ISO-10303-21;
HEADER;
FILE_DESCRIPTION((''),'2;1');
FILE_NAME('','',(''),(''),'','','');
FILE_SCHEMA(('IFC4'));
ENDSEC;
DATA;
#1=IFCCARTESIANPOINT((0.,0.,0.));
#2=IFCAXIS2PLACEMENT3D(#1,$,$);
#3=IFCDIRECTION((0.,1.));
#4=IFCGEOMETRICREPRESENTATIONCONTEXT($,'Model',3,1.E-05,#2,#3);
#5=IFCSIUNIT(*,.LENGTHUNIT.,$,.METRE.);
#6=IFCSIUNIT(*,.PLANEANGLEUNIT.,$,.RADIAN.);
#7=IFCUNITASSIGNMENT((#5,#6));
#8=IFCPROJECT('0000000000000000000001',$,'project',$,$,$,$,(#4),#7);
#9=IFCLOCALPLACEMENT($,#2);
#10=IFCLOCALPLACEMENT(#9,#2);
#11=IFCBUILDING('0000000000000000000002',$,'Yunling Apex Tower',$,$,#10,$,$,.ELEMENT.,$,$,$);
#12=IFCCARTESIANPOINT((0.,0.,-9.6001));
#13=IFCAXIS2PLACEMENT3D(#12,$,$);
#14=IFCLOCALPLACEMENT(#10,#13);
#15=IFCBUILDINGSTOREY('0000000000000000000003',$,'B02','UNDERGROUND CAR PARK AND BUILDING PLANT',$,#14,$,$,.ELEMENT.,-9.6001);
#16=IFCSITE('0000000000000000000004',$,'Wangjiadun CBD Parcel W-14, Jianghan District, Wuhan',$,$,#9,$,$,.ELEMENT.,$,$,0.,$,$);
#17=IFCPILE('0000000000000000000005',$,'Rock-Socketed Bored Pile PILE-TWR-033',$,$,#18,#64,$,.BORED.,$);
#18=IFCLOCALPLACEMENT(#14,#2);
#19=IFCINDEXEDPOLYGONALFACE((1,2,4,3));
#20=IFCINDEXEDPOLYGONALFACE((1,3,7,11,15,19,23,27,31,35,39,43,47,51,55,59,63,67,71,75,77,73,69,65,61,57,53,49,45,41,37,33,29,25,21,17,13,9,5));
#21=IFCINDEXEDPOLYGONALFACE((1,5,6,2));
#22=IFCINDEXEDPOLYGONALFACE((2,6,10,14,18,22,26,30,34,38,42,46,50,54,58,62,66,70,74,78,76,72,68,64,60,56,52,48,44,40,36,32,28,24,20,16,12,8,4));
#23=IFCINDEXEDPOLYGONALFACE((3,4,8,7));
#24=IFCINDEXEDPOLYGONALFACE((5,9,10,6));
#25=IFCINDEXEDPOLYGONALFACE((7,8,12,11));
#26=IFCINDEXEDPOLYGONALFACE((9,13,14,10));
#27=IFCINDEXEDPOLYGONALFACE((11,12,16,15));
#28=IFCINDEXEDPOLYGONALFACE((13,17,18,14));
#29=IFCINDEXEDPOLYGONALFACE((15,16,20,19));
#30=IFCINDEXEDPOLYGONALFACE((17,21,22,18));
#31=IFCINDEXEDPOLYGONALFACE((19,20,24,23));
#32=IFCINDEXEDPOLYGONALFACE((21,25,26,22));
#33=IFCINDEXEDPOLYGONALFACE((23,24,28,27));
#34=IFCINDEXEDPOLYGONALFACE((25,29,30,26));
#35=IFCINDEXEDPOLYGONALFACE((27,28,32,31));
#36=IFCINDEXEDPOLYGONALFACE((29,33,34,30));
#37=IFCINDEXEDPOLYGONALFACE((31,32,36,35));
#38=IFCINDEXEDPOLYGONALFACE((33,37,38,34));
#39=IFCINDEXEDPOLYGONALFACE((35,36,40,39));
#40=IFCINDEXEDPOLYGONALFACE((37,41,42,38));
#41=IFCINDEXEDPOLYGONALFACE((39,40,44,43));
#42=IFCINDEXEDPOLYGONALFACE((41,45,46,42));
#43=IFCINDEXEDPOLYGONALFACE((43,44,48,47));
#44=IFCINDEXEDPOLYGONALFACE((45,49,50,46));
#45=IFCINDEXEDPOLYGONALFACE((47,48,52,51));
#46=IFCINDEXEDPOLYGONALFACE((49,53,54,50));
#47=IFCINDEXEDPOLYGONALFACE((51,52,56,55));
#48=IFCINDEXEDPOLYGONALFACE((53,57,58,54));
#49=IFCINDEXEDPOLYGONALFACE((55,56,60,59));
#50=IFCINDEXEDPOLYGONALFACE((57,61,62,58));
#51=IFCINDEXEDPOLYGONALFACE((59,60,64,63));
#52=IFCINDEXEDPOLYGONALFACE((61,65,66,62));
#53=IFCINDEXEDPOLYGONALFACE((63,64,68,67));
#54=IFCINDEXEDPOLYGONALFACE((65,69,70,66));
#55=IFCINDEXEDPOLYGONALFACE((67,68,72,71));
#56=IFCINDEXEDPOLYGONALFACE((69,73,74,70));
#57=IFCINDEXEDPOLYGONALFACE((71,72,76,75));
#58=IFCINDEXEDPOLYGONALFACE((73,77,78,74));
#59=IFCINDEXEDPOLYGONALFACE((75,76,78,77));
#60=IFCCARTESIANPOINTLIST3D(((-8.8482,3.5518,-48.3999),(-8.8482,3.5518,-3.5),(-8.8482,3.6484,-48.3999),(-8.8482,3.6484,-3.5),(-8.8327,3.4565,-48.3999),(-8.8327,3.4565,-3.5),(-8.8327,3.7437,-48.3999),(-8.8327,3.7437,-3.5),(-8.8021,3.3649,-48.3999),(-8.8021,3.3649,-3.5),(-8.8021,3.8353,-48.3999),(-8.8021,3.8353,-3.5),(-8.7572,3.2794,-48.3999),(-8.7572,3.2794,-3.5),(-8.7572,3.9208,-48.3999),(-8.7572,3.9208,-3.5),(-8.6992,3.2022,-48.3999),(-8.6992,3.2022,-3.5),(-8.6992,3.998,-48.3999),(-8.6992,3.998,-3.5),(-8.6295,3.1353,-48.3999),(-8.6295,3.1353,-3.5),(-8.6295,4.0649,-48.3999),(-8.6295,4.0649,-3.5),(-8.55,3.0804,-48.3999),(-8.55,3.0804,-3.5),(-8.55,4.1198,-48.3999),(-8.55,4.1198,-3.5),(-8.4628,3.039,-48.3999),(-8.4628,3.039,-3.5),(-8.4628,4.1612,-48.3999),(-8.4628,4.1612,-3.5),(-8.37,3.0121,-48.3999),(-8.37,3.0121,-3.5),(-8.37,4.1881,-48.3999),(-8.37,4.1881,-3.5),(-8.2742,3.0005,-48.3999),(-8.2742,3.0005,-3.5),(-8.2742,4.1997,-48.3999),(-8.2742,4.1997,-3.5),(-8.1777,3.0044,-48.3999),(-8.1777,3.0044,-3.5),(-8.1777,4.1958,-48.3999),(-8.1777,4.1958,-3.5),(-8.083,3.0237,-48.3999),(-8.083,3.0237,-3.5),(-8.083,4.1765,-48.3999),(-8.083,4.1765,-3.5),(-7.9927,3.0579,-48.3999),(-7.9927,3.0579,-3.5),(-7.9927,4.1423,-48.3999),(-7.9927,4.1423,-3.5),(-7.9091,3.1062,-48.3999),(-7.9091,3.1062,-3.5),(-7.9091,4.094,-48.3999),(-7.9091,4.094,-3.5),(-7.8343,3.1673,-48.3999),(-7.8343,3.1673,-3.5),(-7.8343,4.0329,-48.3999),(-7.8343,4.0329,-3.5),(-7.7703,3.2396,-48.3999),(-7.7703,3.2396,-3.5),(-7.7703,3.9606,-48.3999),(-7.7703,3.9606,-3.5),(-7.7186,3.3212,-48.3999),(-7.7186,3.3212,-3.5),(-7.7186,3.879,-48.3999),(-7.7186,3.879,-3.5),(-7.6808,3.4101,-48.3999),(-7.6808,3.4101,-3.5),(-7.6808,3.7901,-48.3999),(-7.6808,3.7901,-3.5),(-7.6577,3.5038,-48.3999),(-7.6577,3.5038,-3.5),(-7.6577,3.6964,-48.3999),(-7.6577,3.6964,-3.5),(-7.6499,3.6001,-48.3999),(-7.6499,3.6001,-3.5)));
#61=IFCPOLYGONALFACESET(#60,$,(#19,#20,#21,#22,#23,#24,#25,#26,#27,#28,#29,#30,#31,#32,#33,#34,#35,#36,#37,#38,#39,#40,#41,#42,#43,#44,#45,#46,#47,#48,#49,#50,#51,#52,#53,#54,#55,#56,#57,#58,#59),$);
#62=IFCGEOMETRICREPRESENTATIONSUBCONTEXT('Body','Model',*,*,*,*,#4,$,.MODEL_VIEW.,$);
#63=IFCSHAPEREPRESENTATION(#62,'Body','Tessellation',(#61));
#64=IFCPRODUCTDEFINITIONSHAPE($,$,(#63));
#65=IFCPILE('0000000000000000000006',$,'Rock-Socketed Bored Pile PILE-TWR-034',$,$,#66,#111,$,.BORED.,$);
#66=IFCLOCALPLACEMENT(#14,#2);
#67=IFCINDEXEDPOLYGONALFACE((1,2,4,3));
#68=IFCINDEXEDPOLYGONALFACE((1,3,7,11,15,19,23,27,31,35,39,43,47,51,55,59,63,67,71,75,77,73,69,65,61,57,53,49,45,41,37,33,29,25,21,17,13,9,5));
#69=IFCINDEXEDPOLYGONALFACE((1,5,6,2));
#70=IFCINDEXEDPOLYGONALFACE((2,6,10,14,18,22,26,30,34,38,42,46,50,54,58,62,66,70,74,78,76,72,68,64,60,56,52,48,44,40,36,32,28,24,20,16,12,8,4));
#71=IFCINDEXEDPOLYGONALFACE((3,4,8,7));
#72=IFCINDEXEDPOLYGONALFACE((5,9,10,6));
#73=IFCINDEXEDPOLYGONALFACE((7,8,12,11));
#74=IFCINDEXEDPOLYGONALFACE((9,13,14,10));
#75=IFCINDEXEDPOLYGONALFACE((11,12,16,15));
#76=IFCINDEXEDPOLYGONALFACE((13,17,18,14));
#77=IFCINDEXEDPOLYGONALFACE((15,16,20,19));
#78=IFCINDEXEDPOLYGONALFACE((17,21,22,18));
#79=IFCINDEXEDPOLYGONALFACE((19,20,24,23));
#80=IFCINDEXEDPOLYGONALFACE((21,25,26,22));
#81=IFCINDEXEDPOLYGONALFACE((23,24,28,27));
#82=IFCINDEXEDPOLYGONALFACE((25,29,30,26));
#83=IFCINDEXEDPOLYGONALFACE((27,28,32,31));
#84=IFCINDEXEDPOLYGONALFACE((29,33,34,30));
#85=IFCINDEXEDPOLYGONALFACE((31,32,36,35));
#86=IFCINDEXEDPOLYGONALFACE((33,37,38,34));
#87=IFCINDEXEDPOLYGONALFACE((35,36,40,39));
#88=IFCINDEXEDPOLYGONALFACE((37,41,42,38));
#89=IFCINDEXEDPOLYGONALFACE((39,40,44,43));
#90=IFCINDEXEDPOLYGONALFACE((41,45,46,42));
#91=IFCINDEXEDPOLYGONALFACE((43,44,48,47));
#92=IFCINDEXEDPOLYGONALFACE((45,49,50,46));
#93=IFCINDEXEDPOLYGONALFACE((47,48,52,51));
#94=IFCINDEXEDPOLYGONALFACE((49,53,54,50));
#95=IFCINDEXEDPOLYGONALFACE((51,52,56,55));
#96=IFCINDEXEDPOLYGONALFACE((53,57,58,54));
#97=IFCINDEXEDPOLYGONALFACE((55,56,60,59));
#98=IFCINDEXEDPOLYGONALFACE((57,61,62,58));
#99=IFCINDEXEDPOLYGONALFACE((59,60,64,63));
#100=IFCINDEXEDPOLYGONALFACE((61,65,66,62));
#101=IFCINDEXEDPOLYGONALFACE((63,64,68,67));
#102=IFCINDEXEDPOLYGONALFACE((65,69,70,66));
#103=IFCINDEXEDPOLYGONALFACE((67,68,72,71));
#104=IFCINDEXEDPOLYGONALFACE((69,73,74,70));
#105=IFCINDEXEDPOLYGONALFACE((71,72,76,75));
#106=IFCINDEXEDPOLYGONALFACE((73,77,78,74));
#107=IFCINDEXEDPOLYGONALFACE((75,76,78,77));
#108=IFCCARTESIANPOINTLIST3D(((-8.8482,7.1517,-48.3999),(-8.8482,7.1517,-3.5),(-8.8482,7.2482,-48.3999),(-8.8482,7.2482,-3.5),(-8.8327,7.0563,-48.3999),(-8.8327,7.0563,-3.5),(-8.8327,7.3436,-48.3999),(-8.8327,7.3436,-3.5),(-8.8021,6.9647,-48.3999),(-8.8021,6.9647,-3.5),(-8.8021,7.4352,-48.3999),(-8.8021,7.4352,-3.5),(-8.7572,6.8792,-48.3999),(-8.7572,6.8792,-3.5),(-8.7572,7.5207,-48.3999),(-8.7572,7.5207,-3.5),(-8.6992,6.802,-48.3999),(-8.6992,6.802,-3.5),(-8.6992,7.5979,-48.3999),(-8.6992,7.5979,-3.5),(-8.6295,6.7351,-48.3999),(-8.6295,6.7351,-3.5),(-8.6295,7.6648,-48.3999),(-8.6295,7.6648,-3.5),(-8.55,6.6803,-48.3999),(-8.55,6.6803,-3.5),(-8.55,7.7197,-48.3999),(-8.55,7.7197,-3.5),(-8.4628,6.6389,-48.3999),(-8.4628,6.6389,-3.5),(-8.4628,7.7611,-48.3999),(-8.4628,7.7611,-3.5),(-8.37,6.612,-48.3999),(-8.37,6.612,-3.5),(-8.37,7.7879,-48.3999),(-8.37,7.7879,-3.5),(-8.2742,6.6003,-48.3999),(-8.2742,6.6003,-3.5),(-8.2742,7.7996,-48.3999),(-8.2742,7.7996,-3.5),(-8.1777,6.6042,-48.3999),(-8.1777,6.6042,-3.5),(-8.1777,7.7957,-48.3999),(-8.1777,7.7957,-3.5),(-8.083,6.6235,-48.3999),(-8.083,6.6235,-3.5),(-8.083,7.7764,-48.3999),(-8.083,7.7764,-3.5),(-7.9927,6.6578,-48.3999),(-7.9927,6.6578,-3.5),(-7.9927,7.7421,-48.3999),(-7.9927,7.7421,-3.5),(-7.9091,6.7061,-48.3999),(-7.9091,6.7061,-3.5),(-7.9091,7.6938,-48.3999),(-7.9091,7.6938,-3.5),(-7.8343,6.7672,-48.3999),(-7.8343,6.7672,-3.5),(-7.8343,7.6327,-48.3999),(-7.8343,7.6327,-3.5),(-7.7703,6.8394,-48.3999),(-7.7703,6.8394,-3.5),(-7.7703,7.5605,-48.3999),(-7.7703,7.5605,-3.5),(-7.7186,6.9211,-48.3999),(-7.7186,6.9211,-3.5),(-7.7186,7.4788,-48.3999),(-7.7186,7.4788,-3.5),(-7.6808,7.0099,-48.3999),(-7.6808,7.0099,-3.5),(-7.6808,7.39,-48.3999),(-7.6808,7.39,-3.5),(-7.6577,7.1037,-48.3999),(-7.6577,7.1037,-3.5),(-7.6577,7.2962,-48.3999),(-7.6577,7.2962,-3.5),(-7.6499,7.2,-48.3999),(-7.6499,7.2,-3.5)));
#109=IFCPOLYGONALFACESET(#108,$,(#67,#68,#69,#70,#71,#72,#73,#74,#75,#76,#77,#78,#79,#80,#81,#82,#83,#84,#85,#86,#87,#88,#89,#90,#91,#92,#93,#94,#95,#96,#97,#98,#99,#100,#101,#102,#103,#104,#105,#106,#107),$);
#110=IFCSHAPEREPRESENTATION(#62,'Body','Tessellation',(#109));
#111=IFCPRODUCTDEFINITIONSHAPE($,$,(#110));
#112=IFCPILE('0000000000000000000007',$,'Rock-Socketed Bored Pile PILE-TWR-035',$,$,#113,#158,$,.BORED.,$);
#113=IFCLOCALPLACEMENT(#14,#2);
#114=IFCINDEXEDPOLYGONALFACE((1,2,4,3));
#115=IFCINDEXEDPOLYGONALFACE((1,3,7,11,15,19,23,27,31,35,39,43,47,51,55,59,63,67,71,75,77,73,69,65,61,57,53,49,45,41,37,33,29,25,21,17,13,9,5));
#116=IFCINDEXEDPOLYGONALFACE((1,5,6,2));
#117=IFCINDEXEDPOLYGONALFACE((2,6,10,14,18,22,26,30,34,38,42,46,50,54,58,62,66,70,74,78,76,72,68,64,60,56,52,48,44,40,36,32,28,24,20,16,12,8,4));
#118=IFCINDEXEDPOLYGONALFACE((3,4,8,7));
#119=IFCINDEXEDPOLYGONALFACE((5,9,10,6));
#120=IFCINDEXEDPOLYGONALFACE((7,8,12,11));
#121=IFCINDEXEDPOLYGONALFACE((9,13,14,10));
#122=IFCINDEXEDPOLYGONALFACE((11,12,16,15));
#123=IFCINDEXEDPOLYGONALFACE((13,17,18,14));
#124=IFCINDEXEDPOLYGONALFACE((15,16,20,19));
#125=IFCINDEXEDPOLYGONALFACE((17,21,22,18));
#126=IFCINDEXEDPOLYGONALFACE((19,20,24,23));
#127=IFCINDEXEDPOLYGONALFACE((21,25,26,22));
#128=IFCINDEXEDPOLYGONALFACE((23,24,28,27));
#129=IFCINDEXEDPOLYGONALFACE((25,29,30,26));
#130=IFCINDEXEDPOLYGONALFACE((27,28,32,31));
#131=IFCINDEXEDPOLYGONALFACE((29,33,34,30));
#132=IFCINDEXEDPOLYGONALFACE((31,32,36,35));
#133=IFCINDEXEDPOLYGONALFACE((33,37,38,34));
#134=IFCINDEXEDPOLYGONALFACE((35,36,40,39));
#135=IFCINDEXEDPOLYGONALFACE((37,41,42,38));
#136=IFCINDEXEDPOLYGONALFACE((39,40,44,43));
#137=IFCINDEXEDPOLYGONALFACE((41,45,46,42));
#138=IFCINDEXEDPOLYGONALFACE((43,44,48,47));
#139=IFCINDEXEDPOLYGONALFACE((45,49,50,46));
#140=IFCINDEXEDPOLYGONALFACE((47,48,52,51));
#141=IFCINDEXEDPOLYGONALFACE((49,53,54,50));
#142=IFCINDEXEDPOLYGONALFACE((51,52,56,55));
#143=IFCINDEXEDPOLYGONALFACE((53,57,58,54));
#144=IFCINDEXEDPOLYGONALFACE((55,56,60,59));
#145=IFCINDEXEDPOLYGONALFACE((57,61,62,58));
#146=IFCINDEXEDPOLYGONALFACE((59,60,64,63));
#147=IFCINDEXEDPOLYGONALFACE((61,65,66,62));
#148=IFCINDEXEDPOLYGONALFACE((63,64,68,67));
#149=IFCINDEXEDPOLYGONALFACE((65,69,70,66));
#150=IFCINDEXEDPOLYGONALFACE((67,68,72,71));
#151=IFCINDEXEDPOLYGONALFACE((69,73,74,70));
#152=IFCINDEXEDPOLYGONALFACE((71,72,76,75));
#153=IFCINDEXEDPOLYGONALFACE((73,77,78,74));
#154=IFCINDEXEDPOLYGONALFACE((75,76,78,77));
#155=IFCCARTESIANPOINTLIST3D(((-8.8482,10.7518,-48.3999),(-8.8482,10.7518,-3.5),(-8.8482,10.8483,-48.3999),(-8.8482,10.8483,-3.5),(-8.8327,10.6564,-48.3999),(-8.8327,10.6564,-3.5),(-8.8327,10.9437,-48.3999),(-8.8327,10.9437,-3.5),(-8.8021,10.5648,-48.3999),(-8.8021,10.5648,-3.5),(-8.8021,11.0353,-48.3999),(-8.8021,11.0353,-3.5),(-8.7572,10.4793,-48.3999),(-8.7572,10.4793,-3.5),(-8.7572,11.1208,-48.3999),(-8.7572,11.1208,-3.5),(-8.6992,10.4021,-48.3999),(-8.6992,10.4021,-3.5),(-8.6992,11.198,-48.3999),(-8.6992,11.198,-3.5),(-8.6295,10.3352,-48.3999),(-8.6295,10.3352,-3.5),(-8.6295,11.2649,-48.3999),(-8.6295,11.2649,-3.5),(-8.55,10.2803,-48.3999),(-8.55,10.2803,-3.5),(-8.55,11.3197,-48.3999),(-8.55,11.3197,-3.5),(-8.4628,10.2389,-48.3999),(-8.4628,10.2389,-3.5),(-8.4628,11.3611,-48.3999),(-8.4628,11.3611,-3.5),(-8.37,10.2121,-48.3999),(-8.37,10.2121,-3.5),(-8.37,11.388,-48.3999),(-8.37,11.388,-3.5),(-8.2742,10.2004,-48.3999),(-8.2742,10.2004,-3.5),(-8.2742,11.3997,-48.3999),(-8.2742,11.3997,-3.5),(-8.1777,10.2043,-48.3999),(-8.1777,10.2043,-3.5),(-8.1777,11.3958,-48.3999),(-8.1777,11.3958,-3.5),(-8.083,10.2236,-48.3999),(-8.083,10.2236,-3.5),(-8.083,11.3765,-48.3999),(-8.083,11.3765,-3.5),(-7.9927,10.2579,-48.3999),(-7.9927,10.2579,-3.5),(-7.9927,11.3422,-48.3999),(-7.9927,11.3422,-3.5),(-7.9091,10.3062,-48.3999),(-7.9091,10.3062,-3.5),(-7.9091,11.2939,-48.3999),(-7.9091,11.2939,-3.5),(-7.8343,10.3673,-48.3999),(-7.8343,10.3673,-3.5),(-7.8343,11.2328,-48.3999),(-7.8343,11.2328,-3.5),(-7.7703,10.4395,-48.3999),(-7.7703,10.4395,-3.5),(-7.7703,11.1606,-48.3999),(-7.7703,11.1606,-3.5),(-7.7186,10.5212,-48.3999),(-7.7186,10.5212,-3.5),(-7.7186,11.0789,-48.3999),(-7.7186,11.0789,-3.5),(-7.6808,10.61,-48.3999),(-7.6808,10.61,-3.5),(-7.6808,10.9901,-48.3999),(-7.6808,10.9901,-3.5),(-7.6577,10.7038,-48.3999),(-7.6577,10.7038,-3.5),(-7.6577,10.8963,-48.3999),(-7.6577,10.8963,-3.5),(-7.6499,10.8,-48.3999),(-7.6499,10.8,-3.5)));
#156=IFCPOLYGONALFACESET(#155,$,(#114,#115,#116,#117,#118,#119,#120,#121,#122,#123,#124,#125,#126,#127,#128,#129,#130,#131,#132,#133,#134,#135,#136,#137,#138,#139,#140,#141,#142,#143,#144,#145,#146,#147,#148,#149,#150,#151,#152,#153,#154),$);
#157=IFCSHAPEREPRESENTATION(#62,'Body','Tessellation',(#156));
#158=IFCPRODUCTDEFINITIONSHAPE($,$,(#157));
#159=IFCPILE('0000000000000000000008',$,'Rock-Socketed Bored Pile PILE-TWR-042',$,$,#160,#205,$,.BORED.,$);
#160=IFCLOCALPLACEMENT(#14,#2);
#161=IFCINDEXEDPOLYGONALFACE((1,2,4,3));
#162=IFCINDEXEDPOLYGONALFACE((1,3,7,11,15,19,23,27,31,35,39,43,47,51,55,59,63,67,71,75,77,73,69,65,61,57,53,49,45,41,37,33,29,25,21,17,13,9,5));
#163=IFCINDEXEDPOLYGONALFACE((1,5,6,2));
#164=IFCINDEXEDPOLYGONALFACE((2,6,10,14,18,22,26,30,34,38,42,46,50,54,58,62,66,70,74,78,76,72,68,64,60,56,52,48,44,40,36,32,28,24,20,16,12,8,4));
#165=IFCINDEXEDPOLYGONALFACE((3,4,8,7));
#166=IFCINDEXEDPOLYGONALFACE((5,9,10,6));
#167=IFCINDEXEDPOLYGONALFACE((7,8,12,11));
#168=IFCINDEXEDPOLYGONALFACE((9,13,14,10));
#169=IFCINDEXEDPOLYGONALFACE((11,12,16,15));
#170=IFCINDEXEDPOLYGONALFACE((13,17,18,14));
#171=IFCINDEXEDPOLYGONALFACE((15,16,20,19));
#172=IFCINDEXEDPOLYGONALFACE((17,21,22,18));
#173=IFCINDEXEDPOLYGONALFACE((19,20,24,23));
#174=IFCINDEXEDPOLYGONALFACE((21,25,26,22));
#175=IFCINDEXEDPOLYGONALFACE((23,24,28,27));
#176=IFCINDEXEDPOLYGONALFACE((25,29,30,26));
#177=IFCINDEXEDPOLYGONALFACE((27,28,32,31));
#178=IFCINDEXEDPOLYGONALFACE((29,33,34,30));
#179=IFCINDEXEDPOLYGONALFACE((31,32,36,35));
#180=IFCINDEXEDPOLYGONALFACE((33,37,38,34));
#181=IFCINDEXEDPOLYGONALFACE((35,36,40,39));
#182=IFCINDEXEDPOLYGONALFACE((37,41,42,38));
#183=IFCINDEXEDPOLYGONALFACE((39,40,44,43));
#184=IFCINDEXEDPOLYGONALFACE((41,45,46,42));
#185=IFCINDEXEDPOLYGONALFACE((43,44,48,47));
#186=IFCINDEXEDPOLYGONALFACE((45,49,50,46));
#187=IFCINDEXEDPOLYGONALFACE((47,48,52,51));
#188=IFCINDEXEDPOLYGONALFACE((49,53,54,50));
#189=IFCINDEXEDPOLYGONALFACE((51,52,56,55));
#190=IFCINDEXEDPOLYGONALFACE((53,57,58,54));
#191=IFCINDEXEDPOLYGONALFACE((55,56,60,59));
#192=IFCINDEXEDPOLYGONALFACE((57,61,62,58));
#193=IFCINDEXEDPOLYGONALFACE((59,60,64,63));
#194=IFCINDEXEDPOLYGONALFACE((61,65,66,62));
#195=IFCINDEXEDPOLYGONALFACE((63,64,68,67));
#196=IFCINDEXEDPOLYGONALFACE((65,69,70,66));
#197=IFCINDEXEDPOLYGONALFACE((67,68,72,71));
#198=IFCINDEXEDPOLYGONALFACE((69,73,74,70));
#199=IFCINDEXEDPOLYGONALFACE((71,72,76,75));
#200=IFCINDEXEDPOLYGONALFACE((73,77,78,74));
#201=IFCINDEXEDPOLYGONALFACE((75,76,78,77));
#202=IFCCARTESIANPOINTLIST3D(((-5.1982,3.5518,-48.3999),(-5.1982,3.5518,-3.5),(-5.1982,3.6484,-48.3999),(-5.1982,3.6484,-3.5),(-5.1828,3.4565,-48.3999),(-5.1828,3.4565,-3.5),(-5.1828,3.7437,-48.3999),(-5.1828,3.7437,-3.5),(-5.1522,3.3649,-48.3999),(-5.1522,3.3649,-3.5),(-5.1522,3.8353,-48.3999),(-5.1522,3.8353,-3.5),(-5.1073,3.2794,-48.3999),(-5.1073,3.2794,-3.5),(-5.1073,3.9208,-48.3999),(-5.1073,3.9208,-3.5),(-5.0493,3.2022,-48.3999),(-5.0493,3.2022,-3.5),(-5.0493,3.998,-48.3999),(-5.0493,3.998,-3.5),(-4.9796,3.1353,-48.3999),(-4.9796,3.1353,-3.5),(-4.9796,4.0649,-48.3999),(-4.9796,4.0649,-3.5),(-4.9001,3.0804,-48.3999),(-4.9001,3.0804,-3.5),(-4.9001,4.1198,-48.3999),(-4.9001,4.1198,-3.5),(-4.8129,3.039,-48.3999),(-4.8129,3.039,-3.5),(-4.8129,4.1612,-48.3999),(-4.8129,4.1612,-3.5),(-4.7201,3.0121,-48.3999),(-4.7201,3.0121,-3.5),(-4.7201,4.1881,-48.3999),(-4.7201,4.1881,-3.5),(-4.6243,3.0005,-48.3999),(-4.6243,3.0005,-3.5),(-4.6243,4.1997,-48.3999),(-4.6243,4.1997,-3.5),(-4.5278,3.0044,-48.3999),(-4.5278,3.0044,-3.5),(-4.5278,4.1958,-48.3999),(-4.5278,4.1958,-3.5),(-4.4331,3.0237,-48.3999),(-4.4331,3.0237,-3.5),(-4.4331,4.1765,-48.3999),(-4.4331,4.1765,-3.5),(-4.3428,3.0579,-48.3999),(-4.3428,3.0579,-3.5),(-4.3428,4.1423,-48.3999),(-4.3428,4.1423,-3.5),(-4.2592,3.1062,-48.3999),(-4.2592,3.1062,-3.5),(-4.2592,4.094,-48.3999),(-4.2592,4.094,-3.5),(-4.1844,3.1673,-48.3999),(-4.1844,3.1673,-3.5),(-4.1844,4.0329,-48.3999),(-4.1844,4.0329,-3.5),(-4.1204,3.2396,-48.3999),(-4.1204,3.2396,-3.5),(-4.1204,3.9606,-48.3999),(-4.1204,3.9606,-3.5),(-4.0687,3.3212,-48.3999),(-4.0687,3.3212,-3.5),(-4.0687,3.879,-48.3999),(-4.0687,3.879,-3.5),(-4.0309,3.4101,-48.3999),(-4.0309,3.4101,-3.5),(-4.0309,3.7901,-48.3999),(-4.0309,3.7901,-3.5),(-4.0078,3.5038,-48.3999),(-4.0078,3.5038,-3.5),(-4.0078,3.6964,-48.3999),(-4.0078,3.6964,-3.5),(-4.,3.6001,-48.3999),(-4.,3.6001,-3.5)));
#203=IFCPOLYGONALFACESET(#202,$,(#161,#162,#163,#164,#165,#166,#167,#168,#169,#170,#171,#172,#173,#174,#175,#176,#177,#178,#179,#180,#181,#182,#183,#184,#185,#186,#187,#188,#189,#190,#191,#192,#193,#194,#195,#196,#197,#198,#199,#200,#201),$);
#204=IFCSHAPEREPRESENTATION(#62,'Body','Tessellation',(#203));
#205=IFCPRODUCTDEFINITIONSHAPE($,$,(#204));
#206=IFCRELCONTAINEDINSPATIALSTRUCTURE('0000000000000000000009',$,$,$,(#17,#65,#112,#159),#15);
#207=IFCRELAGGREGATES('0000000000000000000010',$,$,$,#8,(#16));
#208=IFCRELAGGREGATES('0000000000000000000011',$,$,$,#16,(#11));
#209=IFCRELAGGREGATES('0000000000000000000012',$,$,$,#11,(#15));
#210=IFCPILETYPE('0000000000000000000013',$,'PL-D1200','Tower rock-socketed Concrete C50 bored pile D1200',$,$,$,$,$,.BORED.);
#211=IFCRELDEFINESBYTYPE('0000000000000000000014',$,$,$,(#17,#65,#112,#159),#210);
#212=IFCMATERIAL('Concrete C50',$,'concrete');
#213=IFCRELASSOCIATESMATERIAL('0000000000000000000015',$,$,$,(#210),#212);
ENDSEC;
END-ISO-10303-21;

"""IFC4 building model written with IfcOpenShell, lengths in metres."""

from ifc_helpers import new_model, si_unit, direction, frame, origin, origin_2d, place, context, subcontext, project, spatial, circle, extrude, source, transform, mapped, material, material_profile, profile_set, type_object, element, save


model = new_model("IFC4")

# Units and contexts
model_context = context("Model", 3, precision=1e-05, world=origin(), true_north=direction((0.0, 1.0)))
body_context = subcontext(model_context, "Body", "Model", "MODEL_VIEW")
ifc_project = project(units=[si_unit("LENGTHUNIT", "METRE"), si_unit("PLANEANGLEUNIT", "RADIAN")], contexts=[model_context])

# Site, building, storey
site_placement = place(None, origin())
site = spatial("IfcSite", under=ifc_project, at=site_placement, Name="Wangjiadun CBD Parcel W-14, Jianghan District, Wuhan", CompositionType="ELEMENT", RefElevation=0.0)
building_placement = place(site_placement, origin())
building = spatial("IfcBuilding", under=site, at=building_placement, Name="Yunling Apex Tower", CompositionType="ELEMENT")
storey_placement = place(building_placement, frame((0.0, 0.0, -9.6001)))
storey = spatial("IfcBuildingStorey", under=building, at=storey_placement, Name="B02", Description="UNDERGROUND CAR PARK AND BUILDING PLANT", CompositionType="ELEMENT", Elevation=-9.6001)

# Piles
ifc_material_1 = material(Name="Concrete C50", Category="concrete")
ifc_material_profile_1 = material_profile(ifc_material_1, circle(Radius=0.6001, at=origin_2d()))
ifc_profile_set_1 = profile_set([ifc_material_profile_1], Name="Concrete C50")
pile_type = type_object("IfcPileType", Name="PL-D1200", Description="Tower rock-socketed Concrete C50 bored pile D1200", PredefinedType="BORED", material=ifc_profile_set_1)
shared_shape_1 = source(origin(), body_context, "Body", "SweptSolid", [
    extrude(circle(Radius=0.6001, at=origin_2d()), origin(), (0.0, 0.0, 1.0), 44.8999),
])
for number, where, z_axis, x_axis, name in (
    (1, (-8.25, 3.6001, -3.5), (0.0, 0.0, -1.0), (1.0, 0.0, 0.0), "Rock-Socketed Bored Pile PILE-TWR-033"),
    (2, (-8.25, 7.2, -3.5), (0.0, 0.0, -1.0), (1.0, 0.0, 0.0), "Rock-Socketed Bored Pile PILE-TWR-034"),
    (3, (-8.25, 10.8, -3.5), (0.0, 0.0, -1.0), (1.0, 0.0, 0.0), "Rock-Socketed Bored Pile PILE-TWR-035"),
    (4, (-4.6001, 3.6001, -3.5), (0.0, 0.0, -1.0), (1.0, 0.0, 0.0), "Rock-Socketed Bored Pile PILE-TWR-042"),
):
    element("IfcPile", number, at=place(storey_placement, frame(where, z_axis=z_axis, x_axis=x_axis)), inside=storey, type_object=pile_type, Name=name, PredefinedType="BORED", context=body_context, shape_type="MappedRepresentation", body=[
        mapped(shared_shape_1, transform((0.0, 0.0, 0.0), scale=1.0)),
    ])

save(model, "model.ifc")
